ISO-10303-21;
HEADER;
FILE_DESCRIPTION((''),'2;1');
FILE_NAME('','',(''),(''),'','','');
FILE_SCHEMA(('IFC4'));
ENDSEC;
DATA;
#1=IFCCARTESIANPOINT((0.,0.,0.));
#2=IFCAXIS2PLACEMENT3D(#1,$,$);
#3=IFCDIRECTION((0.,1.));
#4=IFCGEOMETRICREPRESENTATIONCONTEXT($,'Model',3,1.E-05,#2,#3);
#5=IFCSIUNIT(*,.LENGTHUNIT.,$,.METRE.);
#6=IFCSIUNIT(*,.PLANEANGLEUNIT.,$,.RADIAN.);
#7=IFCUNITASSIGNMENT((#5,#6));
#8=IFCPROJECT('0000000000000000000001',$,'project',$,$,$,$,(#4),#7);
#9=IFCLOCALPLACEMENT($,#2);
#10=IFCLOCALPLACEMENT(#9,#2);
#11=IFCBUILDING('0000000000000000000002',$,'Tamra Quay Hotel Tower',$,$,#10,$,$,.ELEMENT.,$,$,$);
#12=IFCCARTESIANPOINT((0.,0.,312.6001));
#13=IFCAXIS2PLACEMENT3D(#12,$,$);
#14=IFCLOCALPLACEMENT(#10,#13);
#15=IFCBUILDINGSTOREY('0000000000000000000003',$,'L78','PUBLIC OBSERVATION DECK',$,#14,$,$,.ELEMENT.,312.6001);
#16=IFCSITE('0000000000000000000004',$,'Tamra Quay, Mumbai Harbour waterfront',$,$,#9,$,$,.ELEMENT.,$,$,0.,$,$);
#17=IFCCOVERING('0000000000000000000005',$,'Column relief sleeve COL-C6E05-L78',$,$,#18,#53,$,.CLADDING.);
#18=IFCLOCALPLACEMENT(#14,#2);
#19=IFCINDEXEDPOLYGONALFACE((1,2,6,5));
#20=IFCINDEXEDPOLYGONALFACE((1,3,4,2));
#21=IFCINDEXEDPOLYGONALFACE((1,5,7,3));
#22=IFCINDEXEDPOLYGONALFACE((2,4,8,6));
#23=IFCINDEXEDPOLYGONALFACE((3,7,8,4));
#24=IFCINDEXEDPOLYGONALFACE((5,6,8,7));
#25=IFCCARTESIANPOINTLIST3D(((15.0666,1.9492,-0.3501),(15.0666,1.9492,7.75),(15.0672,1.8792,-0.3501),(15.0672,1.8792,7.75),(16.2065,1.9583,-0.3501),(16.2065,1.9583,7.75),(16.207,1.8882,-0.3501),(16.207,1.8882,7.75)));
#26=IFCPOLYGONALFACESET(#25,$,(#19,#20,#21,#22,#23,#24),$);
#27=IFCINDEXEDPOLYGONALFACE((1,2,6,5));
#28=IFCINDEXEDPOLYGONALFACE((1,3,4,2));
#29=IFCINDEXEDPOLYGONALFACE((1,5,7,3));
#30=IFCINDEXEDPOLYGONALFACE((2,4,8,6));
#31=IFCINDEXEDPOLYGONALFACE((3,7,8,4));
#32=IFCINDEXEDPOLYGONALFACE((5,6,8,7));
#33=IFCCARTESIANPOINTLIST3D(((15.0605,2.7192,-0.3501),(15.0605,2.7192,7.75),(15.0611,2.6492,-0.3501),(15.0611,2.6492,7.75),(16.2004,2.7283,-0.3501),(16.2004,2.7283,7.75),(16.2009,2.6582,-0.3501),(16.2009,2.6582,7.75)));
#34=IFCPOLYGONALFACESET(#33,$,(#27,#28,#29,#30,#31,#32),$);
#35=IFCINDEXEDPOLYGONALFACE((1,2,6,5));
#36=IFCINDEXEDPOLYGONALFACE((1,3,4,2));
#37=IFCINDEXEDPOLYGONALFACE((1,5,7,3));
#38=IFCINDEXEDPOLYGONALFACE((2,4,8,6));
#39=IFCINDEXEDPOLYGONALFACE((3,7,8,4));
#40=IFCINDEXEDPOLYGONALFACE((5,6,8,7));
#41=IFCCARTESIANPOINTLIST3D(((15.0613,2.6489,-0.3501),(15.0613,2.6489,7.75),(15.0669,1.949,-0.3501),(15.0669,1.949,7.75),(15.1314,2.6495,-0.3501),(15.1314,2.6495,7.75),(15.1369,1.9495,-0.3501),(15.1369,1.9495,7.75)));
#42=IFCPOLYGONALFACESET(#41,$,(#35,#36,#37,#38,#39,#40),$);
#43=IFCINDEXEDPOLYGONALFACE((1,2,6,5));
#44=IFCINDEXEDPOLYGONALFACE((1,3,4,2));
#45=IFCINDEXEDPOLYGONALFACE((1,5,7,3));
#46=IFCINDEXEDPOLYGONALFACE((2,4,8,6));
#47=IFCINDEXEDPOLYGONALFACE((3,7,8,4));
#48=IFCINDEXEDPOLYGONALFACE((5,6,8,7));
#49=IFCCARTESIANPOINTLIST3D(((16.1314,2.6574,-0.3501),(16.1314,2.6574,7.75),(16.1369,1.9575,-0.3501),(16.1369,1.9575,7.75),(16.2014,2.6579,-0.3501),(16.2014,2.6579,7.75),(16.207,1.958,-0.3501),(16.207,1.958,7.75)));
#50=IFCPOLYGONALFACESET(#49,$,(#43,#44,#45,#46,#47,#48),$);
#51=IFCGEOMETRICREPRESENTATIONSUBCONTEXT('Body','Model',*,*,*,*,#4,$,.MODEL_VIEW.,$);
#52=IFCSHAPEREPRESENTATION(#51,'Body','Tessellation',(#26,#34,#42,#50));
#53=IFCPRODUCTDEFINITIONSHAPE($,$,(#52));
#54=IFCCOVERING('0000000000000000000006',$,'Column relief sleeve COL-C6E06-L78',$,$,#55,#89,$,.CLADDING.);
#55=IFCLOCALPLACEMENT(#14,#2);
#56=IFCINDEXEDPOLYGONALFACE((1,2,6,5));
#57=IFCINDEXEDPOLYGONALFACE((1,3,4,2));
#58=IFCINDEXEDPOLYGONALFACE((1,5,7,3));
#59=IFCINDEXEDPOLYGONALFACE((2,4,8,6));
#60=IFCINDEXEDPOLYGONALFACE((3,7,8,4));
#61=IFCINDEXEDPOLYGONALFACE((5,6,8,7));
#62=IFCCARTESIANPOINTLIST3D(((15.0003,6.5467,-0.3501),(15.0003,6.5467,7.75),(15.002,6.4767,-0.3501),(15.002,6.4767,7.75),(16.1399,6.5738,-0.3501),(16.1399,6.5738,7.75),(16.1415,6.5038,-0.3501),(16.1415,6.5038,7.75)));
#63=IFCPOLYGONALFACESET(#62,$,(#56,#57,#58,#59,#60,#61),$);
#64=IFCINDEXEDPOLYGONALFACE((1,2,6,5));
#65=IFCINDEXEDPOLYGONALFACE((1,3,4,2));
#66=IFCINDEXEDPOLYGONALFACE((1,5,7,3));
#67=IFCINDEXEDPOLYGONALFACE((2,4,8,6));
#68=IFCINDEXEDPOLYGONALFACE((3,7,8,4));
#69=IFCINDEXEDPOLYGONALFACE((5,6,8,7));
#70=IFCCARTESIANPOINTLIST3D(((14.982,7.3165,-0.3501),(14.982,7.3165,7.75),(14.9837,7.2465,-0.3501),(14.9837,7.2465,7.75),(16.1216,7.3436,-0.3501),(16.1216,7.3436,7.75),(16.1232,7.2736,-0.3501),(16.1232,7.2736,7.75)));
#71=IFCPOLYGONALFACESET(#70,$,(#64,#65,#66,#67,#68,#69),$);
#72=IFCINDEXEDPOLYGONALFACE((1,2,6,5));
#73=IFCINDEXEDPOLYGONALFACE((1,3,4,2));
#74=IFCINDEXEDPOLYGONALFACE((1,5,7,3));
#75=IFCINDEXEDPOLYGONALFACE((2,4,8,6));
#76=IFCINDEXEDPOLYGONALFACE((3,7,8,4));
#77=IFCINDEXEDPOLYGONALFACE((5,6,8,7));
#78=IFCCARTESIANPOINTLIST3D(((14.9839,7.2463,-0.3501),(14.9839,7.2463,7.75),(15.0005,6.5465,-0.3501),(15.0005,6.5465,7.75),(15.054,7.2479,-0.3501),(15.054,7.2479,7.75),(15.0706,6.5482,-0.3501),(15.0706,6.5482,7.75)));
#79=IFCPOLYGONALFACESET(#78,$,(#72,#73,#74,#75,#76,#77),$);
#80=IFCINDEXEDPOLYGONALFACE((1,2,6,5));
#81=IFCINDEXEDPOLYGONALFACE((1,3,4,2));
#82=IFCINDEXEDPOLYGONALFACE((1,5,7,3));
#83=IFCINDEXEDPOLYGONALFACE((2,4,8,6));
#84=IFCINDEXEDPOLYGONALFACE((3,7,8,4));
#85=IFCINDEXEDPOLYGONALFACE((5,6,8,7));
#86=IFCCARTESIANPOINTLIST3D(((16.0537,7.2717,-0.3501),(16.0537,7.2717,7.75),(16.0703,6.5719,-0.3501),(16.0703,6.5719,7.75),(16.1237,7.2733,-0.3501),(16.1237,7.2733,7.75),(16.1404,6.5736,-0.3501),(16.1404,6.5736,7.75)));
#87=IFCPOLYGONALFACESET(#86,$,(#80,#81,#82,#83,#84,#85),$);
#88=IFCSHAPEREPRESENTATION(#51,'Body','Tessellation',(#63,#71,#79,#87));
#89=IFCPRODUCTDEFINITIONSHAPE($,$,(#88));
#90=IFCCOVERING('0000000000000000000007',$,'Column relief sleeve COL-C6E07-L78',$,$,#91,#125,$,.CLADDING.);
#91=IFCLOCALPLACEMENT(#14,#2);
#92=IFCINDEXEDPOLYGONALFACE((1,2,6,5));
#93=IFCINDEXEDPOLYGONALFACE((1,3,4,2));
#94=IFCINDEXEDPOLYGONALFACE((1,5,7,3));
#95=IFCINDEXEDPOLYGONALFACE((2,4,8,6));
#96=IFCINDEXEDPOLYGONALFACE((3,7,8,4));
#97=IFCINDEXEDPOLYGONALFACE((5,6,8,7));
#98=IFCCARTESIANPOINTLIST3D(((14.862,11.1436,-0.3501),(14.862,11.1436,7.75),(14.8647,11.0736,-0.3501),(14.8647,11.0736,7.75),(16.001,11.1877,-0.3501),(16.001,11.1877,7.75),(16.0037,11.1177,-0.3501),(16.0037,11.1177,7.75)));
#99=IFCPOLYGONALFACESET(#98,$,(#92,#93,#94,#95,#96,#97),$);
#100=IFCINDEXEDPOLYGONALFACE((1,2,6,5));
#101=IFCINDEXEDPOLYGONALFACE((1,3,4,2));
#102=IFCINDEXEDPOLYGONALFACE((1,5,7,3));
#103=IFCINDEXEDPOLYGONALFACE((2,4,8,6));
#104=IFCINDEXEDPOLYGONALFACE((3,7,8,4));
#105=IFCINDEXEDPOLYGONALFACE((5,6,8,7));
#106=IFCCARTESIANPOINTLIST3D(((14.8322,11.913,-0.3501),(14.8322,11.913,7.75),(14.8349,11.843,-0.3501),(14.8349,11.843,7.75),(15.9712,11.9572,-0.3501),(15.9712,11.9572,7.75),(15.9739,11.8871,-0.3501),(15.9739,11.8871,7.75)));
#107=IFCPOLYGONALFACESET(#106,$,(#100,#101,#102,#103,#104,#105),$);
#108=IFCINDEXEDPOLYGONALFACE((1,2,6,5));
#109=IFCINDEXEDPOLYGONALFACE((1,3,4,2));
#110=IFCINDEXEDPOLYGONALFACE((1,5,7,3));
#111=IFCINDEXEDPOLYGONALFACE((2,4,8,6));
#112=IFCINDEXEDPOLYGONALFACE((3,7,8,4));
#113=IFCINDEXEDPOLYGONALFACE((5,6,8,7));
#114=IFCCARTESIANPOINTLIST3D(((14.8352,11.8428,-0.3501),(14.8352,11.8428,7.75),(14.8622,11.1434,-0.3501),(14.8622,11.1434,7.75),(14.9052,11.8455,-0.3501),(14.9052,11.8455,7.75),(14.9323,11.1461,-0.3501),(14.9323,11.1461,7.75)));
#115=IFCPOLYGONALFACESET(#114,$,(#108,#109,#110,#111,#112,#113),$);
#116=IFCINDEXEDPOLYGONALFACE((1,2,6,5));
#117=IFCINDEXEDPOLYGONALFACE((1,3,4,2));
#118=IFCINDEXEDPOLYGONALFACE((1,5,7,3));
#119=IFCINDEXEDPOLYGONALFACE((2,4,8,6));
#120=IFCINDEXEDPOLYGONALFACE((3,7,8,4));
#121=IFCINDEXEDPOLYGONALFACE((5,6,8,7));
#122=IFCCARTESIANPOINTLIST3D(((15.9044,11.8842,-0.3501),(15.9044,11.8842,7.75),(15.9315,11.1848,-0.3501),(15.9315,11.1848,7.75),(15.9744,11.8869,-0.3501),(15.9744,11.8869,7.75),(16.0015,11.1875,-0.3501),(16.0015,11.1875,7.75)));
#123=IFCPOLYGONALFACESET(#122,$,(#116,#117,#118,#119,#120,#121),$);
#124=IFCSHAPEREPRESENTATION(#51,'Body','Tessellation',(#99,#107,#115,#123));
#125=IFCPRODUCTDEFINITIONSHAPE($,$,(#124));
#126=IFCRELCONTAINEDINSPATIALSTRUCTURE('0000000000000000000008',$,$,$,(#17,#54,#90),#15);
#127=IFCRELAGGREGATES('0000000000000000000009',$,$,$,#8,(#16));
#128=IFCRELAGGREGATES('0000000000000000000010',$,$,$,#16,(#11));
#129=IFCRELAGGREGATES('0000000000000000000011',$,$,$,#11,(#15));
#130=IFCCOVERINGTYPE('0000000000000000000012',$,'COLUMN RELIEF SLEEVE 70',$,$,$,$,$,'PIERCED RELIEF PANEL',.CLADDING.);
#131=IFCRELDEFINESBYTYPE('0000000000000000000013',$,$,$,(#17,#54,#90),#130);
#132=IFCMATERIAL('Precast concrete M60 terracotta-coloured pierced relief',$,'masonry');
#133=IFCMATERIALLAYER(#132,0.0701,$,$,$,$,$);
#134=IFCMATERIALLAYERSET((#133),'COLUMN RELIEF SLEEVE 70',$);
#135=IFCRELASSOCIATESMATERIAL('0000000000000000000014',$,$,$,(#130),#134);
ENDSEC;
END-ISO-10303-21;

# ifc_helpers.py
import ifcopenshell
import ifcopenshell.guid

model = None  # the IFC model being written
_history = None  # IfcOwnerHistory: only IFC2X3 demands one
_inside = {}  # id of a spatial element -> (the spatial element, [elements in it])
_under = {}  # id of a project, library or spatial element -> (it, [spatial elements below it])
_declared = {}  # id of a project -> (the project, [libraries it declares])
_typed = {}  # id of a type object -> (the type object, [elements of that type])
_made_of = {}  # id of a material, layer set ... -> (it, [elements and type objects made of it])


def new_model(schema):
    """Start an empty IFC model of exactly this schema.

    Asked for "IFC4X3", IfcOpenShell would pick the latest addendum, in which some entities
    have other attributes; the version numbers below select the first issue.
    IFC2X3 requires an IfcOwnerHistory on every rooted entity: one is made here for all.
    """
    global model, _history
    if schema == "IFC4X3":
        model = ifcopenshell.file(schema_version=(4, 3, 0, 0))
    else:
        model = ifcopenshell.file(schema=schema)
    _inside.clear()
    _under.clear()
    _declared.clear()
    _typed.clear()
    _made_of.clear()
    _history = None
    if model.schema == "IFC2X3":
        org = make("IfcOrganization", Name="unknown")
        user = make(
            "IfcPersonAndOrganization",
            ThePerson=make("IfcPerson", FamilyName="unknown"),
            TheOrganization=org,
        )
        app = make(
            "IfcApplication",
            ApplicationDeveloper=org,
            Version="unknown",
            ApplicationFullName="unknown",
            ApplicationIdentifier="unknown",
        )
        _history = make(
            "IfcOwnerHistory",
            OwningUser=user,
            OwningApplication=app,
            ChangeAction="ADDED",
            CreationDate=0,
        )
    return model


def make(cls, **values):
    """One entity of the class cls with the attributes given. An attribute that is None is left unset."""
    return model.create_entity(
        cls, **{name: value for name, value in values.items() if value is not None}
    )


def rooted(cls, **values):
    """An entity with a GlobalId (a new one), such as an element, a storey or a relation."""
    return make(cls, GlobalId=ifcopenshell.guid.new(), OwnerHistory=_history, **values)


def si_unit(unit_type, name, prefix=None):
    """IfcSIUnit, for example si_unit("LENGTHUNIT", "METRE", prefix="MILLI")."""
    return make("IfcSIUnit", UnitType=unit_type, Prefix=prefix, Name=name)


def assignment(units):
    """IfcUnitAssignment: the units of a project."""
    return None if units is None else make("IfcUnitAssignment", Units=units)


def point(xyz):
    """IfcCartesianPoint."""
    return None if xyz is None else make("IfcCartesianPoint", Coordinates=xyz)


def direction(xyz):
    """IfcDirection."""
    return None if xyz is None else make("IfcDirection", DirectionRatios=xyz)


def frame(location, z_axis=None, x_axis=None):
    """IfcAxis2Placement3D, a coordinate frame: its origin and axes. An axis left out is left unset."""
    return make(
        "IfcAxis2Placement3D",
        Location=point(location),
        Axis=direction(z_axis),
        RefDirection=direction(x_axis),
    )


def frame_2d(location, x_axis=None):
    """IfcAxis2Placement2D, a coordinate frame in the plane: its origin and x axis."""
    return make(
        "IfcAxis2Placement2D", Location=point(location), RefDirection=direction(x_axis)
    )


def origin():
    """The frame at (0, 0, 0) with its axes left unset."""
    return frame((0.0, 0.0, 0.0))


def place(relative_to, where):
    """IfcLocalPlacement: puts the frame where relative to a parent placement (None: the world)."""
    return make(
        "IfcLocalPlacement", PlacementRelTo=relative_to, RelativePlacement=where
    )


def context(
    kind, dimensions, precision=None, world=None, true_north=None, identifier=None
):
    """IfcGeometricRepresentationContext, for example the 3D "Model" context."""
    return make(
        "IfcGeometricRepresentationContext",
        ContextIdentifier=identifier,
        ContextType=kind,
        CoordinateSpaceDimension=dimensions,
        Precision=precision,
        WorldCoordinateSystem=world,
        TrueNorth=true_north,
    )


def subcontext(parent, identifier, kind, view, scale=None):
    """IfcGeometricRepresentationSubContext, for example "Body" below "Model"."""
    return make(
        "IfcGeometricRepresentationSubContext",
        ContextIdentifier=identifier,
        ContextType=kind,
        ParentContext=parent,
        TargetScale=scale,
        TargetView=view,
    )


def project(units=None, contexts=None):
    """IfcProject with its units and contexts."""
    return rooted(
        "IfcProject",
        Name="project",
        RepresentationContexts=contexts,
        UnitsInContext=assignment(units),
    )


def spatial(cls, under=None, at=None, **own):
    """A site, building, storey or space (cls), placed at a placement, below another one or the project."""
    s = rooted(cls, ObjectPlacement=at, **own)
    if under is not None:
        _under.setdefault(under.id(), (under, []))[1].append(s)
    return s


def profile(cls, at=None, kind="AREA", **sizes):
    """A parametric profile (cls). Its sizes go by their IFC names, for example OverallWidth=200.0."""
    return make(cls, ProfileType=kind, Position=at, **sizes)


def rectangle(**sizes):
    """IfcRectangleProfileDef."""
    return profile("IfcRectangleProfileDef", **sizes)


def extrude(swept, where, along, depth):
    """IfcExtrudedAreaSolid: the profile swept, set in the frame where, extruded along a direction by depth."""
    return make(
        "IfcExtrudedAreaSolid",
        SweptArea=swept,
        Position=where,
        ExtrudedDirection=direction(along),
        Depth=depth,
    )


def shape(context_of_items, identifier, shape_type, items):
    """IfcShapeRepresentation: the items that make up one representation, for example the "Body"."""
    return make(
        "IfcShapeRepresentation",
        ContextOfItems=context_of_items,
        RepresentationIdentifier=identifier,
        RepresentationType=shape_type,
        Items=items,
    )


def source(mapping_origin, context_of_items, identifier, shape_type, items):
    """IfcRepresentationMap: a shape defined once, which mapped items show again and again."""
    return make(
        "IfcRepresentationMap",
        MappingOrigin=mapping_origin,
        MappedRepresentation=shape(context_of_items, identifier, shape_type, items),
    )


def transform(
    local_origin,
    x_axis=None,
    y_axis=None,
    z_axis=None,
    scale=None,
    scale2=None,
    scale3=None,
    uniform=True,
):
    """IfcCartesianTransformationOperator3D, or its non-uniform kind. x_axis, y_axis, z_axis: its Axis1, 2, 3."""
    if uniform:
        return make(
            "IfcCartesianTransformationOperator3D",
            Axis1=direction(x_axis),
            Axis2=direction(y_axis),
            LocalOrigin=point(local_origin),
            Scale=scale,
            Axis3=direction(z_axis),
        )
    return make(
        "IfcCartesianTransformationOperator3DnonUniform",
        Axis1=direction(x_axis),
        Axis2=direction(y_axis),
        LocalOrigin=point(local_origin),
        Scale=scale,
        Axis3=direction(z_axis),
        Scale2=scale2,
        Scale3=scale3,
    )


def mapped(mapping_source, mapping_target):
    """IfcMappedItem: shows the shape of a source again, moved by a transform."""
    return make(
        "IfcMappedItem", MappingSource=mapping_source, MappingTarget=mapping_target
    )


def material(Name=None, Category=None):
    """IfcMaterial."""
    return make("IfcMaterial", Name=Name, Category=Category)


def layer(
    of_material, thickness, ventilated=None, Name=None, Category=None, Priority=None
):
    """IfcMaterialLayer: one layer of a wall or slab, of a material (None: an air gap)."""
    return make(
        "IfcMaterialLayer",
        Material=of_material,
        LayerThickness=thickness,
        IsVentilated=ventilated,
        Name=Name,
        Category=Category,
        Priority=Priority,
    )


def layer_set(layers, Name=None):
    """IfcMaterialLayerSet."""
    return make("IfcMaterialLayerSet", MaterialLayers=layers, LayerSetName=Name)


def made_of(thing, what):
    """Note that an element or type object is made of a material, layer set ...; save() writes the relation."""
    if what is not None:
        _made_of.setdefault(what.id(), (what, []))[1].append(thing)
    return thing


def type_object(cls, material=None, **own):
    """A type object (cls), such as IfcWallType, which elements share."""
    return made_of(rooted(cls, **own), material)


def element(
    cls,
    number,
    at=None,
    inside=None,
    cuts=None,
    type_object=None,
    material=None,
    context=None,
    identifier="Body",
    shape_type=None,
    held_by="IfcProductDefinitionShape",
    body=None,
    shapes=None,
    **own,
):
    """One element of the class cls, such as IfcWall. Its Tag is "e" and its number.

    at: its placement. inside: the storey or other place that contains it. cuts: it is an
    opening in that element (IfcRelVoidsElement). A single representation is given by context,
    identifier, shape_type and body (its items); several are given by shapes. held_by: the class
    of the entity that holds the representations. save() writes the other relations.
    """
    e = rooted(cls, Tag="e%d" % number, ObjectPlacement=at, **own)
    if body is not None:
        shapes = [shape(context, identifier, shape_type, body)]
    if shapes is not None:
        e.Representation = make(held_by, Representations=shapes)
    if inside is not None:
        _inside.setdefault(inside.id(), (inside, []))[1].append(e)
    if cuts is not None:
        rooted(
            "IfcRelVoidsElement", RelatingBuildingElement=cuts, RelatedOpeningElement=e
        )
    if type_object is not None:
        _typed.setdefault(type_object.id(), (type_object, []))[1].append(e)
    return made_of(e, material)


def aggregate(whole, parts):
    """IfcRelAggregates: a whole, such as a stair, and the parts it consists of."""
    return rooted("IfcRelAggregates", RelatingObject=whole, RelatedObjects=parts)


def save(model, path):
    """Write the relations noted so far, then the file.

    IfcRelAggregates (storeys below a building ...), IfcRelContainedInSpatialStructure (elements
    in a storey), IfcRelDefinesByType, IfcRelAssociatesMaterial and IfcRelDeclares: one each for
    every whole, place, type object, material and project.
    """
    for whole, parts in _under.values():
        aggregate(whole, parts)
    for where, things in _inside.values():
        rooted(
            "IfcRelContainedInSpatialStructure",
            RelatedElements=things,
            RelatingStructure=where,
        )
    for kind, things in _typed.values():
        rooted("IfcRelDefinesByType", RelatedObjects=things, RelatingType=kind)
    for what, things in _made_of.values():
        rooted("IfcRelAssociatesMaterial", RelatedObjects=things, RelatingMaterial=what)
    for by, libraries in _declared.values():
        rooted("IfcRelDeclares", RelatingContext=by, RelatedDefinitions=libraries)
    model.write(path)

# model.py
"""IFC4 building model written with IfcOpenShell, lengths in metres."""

from ifc_helpers import new_model, si_unit, direction, frame, frame_2d, origin, place, context, subcontext, project, spatial, rectangle, extrude, source, transform, mapped, material, layer, layer_set, type_object, element, save


model = new_model("IFC4")

# Units and contexts
model_context = context("Model", 3, precision=1e-05, world=origin(), true_north=direction((0.0, 1.0)))
body_context = subcontext(model_context, "Body", "Model", "MODEL_VIEW")
ifc_project = project(units=[si_unit("LENGTHUNIT", "METRE"), si_unit("PLANEANGLEUNIT", "RADIAN")], contexts=[model_context])

# Site, building, storey
site_placement = place(None, origin())
site = spatial("IfcSite", under=ifc_project, at=site_placement, Name="Tamra Quay, Mumbai Harbour waterfront", CompositionType="ELEMENT", RefElevation=0.0)
building_placement = place(site_placement, origin())
building = spatial("IfcBuilding", under=site, at=building_placement, Name="Tamra Quay Hotel Tower", CompositionType="ELEMENT")
storey_placement = place(building_placement, frame((0.0, 0.0, 312.6001)))
storey = spatial("IfcBuildingStorey", under=building, at=storey_placement, Name="L78", Description="PUBLIC OBSERVATION DECK", CompositionType="ELEMENT", Elevation=312.6001)

# Coverings
ifc_material_1 = material(Name="Precast concrete M60 terracotta-coloured pierced relief", Category="masonry")
ifc_layer_1 = layer(ifc_material_1, 0.0701)
ifc_layer_set_1 = layer_set([ifc_layer_1], Name="COLUMN RELIEF SLEEVE 70")
covering_type = type_object("IfcCoveringType", Name="COLUMN RELIEF SLEEVE 70", ElementType="PIERCED RELIEF PANEL", PredefinedType="CLADDING", material=ifc_layer_set_1)
shared_shape = source(origin(), body_context, "Body", "SweptSolid", [
    extrude(rectangle(XDim=1.1399, YDim=0.0701, at=frame_2d((0.5698, 0.0352))), frame((-0.5701, -0.4199, 0.0)), (0.0, 0.0, 1.0), 8.1001),
    extrude(rectangle(XDim=1.1399, YDim=0.0701, at=frame_2d((0.5698, 0.0352))), frame((-0.5701, 0.3501, 0.0)), (0.0, 0.0, 1.0), 8.1001),
    extrude(rectangle(XDim=0.0701, YDim=0.7, at=frame_2d((0.0352, 0.3501))), frame((-0.5701, -0.3501, 0.0)), (0.0, 0.0, 1.0), 8.1001),
    extrude(rectangle(XDim=0.0701, YDim=0.7, at=frame_2d((0.0352, 0.3501))), frame((0.5, -0.3501, 0.0)), (0.0, 0.0, 1.0), 8.1001),
])
for number, where, z_axis, x_axis, name in (
    (1, (15.634, 2.3035, -0.3501), (0.0, 0.0, 1.0), (0.999969, 0.00792, 0.0), "Column relief sleeve COL-C6E05-L78"),
    (2, (15.562, 6.9099, -0.3501), (0.0, 0.0, 1.0), (0.999718, 0.023753, 0.0), "Column relief sleeve COL-C6E06-L78"),
    (3, (15.4182, 11.5151, -0.3501), (0.0, 0.0, 1.0), (0.999251, 0.038691, 0.0), "Column relief sleeve COL-C6E07-L78"),
):
    element("IfcCovering", number, at=place(storey_placement, frame(where, z_axis=z_axis, x_axis=x_axis)), inside=storey, type_object=covering_type, Name=name, PredefinedType="CLADDING", context=body_context, shape_type="MappedRepresentation", body=[
        mapped(shared_shape, transform((0.0, 0.0, 0.0), scale=1.0)),
    ])

save(model, "model.ifc")
